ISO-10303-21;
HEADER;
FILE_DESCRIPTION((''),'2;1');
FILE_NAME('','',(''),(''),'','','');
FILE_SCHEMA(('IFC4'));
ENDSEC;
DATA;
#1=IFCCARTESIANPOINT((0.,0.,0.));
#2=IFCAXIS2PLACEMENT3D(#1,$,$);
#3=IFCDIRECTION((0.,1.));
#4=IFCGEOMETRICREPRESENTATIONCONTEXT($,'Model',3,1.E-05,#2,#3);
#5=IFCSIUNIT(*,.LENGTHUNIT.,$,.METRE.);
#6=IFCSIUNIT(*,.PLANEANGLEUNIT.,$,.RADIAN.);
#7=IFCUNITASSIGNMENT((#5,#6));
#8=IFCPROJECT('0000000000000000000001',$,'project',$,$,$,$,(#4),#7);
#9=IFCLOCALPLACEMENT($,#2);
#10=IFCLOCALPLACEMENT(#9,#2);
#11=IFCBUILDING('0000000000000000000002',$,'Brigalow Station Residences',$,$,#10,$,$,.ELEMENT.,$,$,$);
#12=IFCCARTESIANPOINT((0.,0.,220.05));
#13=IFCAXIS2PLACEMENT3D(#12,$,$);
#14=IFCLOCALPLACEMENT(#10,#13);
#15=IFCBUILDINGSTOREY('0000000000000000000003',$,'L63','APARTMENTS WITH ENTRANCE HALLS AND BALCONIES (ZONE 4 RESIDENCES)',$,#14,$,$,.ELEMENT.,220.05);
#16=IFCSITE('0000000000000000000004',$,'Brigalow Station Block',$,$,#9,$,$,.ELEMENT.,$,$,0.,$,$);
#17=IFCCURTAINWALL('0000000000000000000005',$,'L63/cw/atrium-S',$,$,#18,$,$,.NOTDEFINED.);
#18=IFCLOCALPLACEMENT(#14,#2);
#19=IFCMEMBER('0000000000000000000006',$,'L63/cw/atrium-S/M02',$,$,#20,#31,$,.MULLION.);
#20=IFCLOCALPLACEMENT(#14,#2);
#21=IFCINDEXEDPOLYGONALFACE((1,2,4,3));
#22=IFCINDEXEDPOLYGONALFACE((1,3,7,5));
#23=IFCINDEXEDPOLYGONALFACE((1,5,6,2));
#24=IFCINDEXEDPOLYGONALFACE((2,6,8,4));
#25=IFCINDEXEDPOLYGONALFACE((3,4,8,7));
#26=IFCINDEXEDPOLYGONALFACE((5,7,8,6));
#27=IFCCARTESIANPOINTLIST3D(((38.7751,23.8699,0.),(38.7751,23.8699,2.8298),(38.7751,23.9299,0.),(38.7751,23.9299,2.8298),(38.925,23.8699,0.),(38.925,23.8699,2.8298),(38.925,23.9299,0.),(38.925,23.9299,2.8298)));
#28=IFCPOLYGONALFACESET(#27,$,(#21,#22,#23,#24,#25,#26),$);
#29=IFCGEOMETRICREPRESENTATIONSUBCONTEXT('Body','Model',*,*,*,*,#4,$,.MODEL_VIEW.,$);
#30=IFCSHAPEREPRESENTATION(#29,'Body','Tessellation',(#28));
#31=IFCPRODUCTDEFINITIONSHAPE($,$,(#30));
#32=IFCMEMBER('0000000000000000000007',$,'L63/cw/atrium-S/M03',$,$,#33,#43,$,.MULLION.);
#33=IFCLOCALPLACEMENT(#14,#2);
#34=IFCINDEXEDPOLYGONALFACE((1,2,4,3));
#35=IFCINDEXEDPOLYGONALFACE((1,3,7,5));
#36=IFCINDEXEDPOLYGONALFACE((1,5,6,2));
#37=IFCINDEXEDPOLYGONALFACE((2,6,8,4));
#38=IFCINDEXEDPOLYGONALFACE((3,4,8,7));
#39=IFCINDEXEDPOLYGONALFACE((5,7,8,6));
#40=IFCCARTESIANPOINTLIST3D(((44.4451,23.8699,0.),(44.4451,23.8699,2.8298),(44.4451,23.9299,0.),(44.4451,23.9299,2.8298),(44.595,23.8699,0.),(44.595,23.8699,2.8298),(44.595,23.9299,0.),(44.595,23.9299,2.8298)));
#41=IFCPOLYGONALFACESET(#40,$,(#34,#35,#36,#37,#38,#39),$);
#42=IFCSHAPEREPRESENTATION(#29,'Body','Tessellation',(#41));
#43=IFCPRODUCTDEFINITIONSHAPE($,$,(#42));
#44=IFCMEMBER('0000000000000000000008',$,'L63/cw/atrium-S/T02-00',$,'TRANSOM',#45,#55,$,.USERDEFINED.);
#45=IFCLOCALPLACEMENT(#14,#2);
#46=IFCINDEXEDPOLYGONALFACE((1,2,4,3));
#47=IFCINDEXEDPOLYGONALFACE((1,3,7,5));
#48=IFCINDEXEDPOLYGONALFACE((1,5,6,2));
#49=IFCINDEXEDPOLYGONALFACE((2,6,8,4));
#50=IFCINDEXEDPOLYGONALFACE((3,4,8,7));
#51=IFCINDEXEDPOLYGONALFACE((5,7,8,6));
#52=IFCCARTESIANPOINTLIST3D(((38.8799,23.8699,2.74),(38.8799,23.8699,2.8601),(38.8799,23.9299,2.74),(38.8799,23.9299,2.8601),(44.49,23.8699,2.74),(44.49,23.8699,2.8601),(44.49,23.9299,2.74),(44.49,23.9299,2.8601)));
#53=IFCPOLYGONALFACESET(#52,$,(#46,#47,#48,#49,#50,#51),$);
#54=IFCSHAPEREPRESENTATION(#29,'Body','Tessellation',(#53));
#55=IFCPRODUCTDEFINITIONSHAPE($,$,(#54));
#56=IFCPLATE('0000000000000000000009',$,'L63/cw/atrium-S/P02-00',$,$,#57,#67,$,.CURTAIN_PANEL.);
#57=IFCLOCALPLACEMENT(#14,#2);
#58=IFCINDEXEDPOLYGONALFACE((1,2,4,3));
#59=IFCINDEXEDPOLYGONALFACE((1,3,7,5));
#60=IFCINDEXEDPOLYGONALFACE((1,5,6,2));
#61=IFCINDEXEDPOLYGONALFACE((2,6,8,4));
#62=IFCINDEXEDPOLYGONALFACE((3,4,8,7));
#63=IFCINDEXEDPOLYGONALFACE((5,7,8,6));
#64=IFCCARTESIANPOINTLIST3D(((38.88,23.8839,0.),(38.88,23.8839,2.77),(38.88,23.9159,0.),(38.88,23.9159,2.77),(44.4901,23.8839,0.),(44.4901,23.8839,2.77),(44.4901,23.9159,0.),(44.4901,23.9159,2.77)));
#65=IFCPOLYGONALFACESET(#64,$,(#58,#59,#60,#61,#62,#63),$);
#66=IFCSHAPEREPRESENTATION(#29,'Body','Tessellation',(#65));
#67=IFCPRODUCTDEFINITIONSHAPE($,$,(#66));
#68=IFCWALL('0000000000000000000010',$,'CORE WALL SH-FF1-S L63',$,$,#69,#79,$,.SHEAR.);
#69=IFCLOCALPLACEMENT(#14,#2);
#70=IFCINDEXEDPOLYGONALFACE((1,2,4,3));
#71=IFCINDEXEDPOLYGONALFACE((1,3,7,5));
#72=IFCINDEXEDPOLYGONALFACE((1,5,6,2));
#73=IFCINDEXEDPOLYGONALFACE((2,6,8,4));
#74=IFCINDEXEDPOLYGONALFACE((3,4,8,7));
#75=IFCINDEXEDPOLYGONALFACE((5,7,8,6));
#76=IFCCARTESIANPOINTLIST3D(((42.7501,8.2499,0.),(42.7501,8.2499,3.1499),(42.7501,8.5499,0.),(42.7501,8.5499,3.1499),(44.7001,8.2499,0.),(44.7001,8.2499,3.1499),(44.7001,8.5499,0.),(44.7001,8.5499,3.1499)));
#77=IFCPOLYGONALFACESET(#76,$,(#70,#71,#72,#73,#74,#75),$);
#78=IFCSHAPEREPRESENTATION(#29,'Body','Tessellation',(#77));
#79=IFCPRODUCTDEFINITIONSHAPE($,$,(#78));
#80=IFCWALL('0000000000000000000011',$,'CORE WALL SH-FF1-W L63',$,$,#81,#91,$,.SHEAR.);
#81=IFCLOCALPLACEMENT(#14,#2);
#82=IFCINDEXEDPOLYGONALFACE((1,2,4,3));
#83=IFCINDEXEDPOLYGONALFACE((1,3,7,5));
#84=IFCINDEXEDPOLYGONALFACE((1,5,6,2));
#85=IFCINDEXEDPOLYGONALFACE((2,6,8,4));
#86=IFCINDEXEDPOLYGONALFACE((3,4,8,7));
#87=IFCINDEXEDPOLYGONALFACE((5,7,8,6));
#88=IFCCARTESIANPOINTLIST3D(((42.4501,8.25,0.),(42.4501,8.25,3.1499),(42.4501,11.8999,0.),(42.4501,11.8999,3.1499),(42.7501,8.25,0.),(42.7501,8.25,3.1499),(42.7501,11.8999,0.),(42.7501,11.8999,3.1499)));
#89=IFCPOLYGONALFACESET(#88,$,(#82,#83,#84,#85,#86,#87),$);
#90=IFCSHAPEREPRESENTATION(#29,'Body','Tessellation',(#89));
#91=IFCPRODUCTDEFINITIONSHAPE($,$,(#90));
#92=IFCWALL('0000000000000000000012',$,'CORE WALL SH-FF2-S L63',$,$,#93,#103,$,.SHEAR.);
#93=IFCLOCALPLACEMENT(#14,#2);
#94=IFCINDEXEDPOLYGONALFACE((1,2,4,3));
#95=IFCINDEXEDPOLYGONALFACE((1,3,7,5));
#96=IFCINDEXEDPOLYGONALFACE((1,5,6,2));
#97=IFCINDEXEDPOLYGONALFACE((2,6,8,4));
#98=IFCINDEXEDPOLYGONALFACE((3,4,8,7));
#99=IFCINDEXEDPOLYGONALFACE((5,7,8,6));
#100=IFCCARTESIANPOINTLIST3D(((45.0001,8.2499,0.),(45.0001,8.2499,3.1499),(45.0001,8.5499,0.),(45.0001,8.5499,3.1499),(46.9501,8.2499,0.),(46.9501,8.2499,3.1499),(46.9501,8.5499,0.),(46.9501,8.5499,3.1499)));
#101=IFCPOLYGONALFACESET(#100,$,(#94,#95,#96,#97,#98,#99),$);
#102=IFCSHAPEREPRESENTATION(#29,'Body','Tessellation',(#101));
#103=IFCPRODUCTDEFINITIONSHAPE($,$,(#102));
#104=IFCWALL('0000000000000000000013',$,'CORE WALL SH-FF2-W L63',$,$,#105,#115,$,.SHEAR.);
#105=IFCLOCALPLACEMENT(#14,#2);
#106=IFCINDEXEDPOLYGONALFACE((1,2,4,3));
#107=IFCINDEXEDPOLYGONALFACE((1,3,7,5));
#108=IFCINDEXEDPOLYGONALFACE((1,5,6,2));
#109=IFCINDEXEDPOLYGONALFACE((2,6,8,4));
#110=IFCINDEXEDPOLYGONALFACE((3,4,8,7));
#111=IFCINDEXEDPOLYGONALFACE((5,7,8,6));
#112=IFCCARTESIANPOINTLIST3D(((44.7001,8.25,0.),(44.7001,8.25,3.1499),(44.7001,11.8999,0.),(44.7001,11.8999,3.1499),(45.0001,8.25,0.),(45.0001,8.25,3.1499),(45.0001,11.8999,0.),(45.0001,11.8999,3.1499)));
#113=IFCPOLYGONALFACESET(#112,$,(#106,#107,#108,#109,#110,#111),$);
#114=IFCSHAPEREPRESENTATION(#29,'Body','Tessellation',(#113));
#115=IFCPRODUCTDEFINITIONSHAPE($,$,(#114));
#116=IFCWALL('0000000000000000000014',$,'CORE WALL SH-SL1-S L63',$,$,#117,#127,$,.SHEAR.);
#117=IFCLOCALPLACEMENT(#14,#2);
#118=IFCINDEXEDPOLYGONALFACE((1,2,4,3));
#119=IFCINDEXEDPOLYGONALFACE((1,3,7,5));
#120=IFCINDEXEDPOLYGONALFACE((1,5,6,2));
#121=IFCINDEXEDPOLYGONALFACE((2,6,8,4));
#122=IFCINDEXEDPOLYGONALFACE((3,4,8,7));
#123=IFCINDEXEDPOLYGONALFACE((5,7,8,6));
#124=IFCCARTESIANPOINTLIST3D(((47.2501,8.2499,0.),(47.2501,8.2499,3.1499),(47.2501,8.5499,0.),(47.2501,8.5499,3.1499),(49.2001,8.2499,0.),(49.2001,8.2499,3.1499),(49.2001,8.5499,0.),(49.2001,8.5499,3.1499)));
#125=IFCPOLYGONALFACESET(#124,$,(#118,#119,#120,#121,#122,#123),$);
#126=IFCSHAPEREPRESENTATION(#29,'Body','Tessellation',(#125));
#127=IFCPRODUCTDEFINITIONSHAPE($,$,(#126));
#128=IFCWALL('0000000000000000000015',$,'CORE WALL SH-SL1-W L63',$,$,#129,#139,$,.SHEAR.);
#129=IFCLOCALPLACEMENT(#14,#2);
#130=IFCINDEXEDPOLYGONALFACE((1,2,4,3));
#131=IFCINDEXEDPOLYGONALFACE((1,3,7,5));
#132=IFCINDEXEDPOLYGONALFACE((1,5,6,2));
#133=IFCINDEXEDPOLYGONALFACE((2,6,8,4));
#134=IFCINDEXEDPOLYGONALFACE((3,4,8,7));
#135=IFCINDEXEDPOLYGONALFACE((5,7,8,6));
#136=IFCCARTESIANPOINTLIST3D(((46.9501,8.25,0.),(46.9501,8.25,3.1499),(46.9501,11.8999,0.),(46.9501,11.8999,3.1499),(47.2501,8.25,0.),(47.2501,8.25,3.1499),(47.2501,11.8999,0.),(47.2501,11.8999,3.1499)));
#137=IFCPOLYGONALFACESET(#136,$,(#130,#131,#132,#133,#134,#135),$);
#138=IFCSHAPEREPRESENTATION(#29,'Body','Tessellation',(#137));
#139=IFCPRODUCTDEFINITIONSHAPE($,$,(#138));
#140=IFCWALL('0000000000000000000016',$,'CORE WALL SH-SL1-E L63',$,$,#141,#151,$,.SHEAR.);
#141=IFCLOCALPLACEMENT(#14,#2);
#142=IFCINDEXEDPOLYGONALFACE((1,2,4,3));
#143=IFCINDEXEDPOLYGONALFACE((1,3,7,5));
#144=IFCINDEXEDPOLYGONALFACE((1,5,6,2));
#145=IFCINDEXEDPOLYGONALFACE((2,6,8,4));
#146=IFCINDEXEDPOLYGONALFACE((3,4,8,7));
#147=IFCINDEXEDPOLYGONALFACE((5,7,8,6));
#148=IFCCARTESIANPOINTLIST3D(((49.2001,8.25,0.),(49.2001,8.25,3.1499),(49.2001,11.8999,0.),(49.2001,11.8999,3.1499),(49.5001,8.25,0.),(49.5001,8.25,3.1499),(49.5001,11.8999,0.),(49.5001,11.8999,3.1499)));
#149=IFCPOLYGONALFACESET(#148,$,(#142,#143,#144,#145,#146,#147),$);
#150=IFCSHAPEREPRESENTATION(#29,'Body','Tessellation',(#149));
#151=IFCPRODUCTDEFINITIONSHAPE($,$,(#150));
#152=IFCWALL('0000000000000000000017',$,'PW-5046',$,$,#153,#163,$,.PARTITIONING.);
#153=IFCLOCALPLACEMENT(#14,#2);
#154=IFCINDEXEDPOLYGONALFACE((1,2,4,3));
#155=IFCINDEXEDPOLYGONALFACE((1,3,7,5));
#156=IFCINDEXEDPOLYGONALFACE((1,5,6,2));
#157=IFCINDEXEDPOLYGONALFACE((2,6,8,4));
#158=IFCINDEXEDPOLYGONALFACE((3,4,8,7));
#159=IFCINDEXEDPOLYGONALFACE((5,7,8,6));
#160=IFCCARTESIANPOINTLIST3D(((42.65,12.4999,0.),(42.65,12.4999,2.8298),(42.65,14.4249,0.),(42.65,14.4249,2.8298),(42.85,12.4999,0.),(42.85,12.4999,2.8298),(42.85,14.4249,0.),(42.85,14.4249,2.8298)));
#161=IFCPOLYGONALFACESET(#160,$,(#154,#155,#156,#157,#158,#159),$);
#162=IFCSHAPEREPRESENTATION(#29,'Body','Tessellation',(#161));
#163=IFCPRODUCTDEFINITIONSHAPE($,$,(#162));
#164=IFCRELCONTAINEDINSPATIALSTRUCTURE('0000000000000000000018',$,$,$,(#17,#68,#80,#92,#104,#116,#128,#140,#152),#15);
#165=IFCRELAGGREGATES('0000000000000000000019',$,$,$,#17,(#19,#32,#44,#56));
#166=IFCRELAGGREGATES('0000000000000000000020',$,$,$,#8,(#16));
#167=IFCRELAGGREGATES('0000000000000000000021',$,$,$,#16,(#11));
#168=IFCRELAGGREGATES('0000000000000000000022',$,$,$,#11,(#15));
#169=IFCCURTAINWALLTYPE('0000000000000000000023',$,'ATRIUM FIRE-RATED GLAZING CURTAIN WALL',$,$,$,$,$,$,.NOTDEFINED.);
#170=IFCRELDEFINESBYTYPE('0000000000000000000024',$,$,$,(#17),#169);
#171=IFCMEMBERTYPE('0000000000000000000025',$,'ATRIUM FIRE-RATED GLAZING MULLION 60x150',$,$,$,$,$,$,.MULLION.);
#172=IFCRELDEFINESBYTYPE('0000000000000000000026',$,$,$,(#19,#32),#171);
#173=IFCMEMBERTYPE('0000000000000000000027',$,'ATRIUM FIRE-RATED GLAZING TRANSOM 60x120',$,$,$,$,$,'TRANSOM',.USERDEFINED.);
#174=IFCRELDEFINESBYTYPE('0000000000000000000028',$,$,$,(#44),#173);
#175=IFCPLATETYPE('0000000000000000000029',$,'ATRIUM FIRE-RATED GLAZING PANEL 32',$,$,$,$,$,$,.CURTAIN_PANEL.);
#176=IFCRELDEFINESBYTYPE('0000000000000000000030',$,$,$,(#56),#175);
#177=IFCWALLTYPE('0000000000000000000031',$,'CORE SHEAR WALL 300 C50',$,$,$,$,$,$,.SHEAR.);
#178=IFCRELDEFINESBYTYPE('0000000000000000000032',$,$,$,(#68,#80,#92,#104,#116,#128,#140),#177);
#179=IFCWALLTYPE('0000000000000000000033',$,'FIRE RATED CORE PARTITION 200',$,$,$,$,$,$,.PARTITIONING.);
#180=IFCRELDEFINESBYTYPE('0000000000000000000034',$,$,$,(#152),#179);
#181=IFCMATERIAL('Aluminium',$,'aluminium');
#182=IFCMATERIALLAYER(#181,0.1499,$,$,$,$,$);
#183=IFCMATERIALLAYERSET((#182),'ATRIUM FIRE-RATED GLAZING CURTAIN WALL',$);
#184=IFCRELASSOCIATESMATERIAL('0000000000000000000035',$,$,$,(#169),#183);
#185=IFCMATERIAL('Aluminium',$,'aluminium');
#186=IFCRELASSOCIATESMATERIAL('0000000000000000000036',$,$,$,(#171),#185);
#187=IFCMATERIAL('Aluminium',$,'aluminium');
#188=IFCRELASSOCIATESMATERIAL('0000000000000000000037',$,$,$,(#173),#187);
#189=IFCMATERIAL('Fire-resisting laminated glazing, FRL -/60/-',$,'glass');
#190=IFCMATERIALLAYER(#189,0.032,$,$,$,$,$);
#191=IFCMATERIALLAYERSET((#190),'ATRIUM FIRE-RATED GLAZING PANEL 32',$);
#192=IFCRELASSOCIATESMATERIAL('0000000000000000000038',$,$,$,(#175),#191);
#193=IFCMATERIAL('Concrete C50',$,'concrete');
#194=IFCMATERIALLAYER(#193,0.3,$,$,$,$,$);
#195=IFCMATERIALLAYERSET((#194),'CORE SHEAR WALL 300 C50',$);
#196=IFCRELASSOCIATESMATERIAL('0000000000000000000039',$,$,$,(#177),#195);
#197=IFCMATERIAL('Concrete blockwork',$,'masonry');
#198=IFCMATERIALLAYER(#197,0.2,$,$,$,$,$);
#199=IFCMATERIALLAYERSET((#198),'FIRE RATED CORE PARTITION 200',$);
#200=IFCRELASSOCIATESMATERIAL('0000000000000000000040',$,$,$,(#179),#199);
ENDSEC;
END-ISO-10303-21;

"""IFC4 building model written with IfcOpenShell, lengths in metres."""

from ifc_helpers import new_model, si_unit, direction, frame, frame_2d, origin, origin_2d, place, context, subcontext, project, spatial, rectangle, extrude, material, layer, layer_set, material_profile, profile_set, type_object, element, aggregate, save


model = new_model("IFC4")

# Units and contexts
model_context = context("Model", 3, precision=1e-05, world=origin(), true_north=direction((0.0, 1.0)))
body_context = subcontext(model_context, "Body", "Model", "MODEL_VIEW")
ifc_project = project(units=[si_unit("LENGTHUNIT", "METRE"), si_unit("PLANEANGLEUNIT", "RADIAN")], contexts=[model_context])

# Site, building, storey
site_placement = place(None, origin())
site = spatial("IfcSite", under=ifc_project, at=site_placement, Name="Brigalow Station Block", CompositionType="ELEMENT", RefElevation=0.0)
building_placement = place(site_placement, origin())
building = spatial("IfcBuilding", under=site, at=building_placement, Name="Brigalow Station Residences", CompositionType="ELEMENT")
storey_placement = place(building_placement, frame((0.0, 0.0, 220.05)))
storey = spatial("IfcBuildingStorey", under=building, at=storey_placement, Name="L63", Description="APARTMENTS WITH ENTRANCE HALLS AND BALCONIES (ZONE 4 RESIDENCES)", CompositionType="ELEMENT", Elevation=220.05)

# Curtain wall, members, plate
ifc_material_1 = material(Name="Aluminium", Category="aluminium")
ifc_layer_1 = layer(ifc_material_1, 0.1499)
ifc_layer_set_1 = layer_set([ifc_layer_1], Name="ATRIUM FIRE-RATED GLAZING CURTAIN WALL")
curtain_wall_type = type_object("IfcCurtainWallType", Name="ATRIUM FIRE-RATED GLAZING CURTAIN WALL", PredefinedType="NOTDEFINED", material=ifc_layer_set_1)
curtain_wall_placement = place(storey_placement, origin())
curtain_wall = element("IfcCurtainWall", 1, at=curtain_wall_placement, inside=storey, type_object=curtain_wall_type, Name="L63/cw/atrium-S", PredefinedType="NOTDEFINED")
ifc_material_2 = material(Name="Aluminium", Category="aluminium")
ifc_material_profile_1 = material_profile(ifc_material_2, rectangle(XDim=0.0601, YDim=0.1499, at=origin_2d()), Name="ATRIUM FIRE-RATED GLAZING MULLION 60x150")
ifc_profile_set_1 = profile_set([ifc_material_profile_1], Name="Aluminium")
member_type_1 = type_object("IfcMemberType", Name="ATRIUM FIRE-RATED GLAZING MULLION 60x150", PredefinedType="MULLION", material=ifc_profile_set_1)
member_1_placement = place(storey_placement, frame((38.8501, 23.8999, 0.0), z_axis=(0.0, 0.0, 1.0), x_axis=(0.0, 1.0, 0.0)))
member_1 = element("IfcMember", 2, at=member_1_placement, type_object=member_type_1, Name="L63/cw/atrium-S/M02", PredefinedType="MULLION", context=body_context, shape_type="SweptSolid", body=[
    extrude(rectangle(XDim=0.0601, YDim=0.1499, at=origin_2d()), origin(), (0.0, 0.0, 1.0), 2.8298),
])
member_2_placement = place(storey_placement, frame((44.52, 23.8999, 0.0), z_axis=(0.0, 0.0, 1.0), x_axis=(0.0, 1.0, 0.0)))
member_2 = element("IfcMember", 3, at=member_2_placement, type_object=member_type_1, Name="L63/cw/atrium-S/M03", PredefinedType="MULLION", context=body_context, shape_type="SweptSolid", body=[
    extrude(rectangle(XDim=0.0601, YDim=0.1499, at=origin_2d()), origin(), (0.0, 0.0, 1.0), 2.8298),
])
ifc_material_3 = material(Name="Aluminium", Category="aluminium")
ifc_material_profile_2 = material_profile(ifc_material_3, rectangle(XDim=0.0601, YDim=0.1201, at=origin_2d()), Name="ATRIUM FIRE-RATED GLAZING TRANSOM 60x120")
ifc_profile_set_2 = profile_set([ifc_material_profile_2], Name="Aluminium")
member_type_2 = type_object("IfcMemberType", Name="ATRIUM FIRE-RATED GLAZING TRANSOM 60x120", ElementType="TRANSOM", PredefinedType="USERDEFINED", material=ifc_profile_set_2)
member_3_placement = place(storey_placement, frame((38.8799, 23.8999, 2.8), z_axis=(1.0, 0.0, 0.0), x_axis=(0.0, 1.0, 0.0)))
member_3 = element("IfcMember", 4, at=member_3_placement, type_object=member_type_2, Name="L63/cw/atrium-S/T02-00", ObjectType="TRANSOM", PredefinedType="USERDEFINED", context=body_context, shape_type="SweptSolid", body=[
    extrude(rectangle(XDim=0.0601, YDim=0.1201, at=origin_2d()), origin(), (0.0, 0.0, 1.0), 5.6101),
])
ifc_material_4 = material(Name="Fire-resisting laminated glazing, FRL -/60/-", Category="glass")
ifc_layer_2 = layer(ifc_material_4, 0.032)
ifc_layer_set_2 = layer_set([ifc_layer_2], Name="ATRIUM FIRE-RATED GLAZING PANEL 32")
plate_type = type_object("IfcPlateType", Name="ATRIUM FIRE-RATED GLAZING PANEL 32", PredefinedType="CURTAIN_PANEL", material=ifc_layer_set_2)
plate_placement = place(storey_placement, frame((41.6851, 23.8999, 0.0), z_axis=(0.0, 0.0, 1.0), x_axis=(1.0, 0.0, 0.0)))
plate = element("IfcPlate", 5, at=plate_placement, type_object=plate_type, Name="L63/cw/atrium-S/P02-00", PredefinedType="CURTAIN_PANEL", context=body_context, shape_type="SweptSolid", body=[
    extrude(rectangle(XDim=5.6101, YDim=0.032, at=origin_2d()), origin(), (0.0, 0.0, 1.0), 2.77),
])
aggregate(curtain_wall, [member_1, member_2, member_3, plate])

# Walls
ifc_material_5 = material(Name="Concrete C50", Category="concrete")
ifc_layer_3 = layer(ifc_material_5, 0.3)
ifc_layer_set_3 = layer_set([ifc_layer_3], Name="CORE SHEAR WALL 300 C50")
wall_type_1 = type_object("IfcWallType", Name="CORE SHEAR WALL 300 C50", PredefinedType="SHEAR", material=ifc_layer_set_3)
wall_1_placement = place(storey_placement, frame((42.75, 8.3999, 0.0), z_axis=(0.0, 0.0, 1.0), x_axis=(1.0, 0.0, 0.0)))
element("IfcWall", 6, at=wall_1_placement, inside=storey, type_object=wall_type_1, Name="CORE WALL SH-FF1-S L63", PredefinedType="SHEAR", context=body_context, shape_type="SweptSolid", body=[
    extrude(rectangle(XDim=1.95, YDim=0.3, at=frame_2d((0.9751, 0.0))), origin(), (0.0, 0.0, 1.0), 3.1499),
])
wall_2_placement = place(storey_placement, frame((42.6001, 8.25, 0.0), z_axis=(0.0, 0.0, 1.0), x_axis=(0.0, 1.0, 0.0)))
element("IfcWall", 7, at=wall_2_placement, inside=storey, type_object=wall_type_1, Name="CORE WALL SH-FF1-W L63", PredefinedType="SHEAR", context=body_context, shape_type="SweptSolid", body=[
    extrude(rectangle(XDim=3.6499, YDim=0.3, at=frame_2d((1.825, 0.0))), origin(), (0.0, 0.0, 1.0), 3.1499),
])
wall_3_placement = place(storey_placement, frame((45.0, 8.3999, 0.0), z_axis=(0.0, 0.0, 1.0), x_axis=(1.0, 0.0, 0.0)))
element("IfcWall", 8, at=wall_3_placement, inside=storey, type_object=wall_type_1, Name="CORE WALL SH-FF2-S L63", PredefinedType="SHEAR", context=body_context, shape_type="SweptSolid", body=[
    extrude(rectangle(XDim=1.95, YDim=0.3, at=frame_2d((0.9751, 0.0))), origin(), (0.0, 0.0, 1.0), 3.1499),
])
wall_4_placement = place(storey_placement, frame((44.8501, 8.25, 0.0), z_axis=(0.0, 0.0, 1.0), x_axis=(0.0, 1.0, 0.0)))
element("IfcWall", 9, at=wall_4_placement, inside=storey, type_object=wall_type_1, Name="CORE WALL SH-FF2-W L63", PredefinedType="SHEAR", context=body_context, shape_type="SweptSolid", body=[
    extrude(rectangle(XDim=3.6499, YDim=0.3, at=frame_2d((1.825, 0.0))), origin(), (0.0, 0.0, 1.0), 3.1499),
])
wall_5_placement = place(storey_placement, frame((47.25, 8.3999, 0.0), z_axis=(0.0, 0.0, 1.0), x_axis=(1.0, 0.0, 0.0)))
element("IfcWall", 10, at=wall_5_placement, inside=storey, type_object=wall_type_1, Name="CORE WALL SH-SL1-S L63", PredefinedType="SHEAR", context=body_context, shape_type="SweptSolid", body=[
    extrude(rectangle(XDim=1.95, YDim=0.3, at=frame_2d((0.9751, 0.0))), origin(), (0.0, 0.0, 1.0), 3.1499),
])
for number, where, z_axis, x_axis, name in (
    (11, (47.1001, 8.25, 0.0), (0.0, 0.0, 1.0), (0.0, 1.0, 0.0), "CORE WALL SH-SL1-W L63"),
    (12, (49.3501, 8.25, 0.0), (0.0, 0.0, 1.0), (0.0, 1.0, 0.0), "CORE WALL SH-SL1-E L63"),
):
    element("IfcWall", number, at=place(storey_placement, frame(where, z_axis=z_axis, x_axis=x_axis)), inside=storey, type_object=wall_type_1, Name=name, PredefinedType="SHEAR", context=body_context, shape_type="SweptSolid", body=[
        extrude(rectangle(XDim=3.6499, YDim=0.3, at=frame_2d((1.825, 0.0))), origin(), (0.0, 0.0, 1.0), 3.1499),
    ])
ifc_material_6 = material(Name="Concrete blockwork", Category="masonry")
ifc_layer_4 = layer(ifc_material_6, 0.2)
ifc_layer_set_4 = layer_set([ifc_layer_4], Name="FIRE RATED CORE PARTITION 200")
wall_type_2 = type_object("IfcWallType", Name="FIRE RATED CORE PARTITION 200", PredefinedType="PARTITIONING", material=ifc_layer_set_4)
wall_6_placement = place(storey_placement, frame((42.75, 12.5, 0.0), z_axis=(0.0, 0.0, 1.0), x_axis=(0.0, 1.0, 0.0)))
element("IfcWall", 13, at=wall_6_placement, inside=storey, type_object=wall_type_2, Name="PW-5046", PredefinedType="PARTITIONING", context=body_context, shape_type="SweptSolid", body=[
    extrude(rectangle(XDim=1.925, YDim=0.2, at=frame_2d((0.9624, 0.0))), origin(), (0.0, 0.0, 1.0), 2.8298),
])

save(model, "model.ifc")
